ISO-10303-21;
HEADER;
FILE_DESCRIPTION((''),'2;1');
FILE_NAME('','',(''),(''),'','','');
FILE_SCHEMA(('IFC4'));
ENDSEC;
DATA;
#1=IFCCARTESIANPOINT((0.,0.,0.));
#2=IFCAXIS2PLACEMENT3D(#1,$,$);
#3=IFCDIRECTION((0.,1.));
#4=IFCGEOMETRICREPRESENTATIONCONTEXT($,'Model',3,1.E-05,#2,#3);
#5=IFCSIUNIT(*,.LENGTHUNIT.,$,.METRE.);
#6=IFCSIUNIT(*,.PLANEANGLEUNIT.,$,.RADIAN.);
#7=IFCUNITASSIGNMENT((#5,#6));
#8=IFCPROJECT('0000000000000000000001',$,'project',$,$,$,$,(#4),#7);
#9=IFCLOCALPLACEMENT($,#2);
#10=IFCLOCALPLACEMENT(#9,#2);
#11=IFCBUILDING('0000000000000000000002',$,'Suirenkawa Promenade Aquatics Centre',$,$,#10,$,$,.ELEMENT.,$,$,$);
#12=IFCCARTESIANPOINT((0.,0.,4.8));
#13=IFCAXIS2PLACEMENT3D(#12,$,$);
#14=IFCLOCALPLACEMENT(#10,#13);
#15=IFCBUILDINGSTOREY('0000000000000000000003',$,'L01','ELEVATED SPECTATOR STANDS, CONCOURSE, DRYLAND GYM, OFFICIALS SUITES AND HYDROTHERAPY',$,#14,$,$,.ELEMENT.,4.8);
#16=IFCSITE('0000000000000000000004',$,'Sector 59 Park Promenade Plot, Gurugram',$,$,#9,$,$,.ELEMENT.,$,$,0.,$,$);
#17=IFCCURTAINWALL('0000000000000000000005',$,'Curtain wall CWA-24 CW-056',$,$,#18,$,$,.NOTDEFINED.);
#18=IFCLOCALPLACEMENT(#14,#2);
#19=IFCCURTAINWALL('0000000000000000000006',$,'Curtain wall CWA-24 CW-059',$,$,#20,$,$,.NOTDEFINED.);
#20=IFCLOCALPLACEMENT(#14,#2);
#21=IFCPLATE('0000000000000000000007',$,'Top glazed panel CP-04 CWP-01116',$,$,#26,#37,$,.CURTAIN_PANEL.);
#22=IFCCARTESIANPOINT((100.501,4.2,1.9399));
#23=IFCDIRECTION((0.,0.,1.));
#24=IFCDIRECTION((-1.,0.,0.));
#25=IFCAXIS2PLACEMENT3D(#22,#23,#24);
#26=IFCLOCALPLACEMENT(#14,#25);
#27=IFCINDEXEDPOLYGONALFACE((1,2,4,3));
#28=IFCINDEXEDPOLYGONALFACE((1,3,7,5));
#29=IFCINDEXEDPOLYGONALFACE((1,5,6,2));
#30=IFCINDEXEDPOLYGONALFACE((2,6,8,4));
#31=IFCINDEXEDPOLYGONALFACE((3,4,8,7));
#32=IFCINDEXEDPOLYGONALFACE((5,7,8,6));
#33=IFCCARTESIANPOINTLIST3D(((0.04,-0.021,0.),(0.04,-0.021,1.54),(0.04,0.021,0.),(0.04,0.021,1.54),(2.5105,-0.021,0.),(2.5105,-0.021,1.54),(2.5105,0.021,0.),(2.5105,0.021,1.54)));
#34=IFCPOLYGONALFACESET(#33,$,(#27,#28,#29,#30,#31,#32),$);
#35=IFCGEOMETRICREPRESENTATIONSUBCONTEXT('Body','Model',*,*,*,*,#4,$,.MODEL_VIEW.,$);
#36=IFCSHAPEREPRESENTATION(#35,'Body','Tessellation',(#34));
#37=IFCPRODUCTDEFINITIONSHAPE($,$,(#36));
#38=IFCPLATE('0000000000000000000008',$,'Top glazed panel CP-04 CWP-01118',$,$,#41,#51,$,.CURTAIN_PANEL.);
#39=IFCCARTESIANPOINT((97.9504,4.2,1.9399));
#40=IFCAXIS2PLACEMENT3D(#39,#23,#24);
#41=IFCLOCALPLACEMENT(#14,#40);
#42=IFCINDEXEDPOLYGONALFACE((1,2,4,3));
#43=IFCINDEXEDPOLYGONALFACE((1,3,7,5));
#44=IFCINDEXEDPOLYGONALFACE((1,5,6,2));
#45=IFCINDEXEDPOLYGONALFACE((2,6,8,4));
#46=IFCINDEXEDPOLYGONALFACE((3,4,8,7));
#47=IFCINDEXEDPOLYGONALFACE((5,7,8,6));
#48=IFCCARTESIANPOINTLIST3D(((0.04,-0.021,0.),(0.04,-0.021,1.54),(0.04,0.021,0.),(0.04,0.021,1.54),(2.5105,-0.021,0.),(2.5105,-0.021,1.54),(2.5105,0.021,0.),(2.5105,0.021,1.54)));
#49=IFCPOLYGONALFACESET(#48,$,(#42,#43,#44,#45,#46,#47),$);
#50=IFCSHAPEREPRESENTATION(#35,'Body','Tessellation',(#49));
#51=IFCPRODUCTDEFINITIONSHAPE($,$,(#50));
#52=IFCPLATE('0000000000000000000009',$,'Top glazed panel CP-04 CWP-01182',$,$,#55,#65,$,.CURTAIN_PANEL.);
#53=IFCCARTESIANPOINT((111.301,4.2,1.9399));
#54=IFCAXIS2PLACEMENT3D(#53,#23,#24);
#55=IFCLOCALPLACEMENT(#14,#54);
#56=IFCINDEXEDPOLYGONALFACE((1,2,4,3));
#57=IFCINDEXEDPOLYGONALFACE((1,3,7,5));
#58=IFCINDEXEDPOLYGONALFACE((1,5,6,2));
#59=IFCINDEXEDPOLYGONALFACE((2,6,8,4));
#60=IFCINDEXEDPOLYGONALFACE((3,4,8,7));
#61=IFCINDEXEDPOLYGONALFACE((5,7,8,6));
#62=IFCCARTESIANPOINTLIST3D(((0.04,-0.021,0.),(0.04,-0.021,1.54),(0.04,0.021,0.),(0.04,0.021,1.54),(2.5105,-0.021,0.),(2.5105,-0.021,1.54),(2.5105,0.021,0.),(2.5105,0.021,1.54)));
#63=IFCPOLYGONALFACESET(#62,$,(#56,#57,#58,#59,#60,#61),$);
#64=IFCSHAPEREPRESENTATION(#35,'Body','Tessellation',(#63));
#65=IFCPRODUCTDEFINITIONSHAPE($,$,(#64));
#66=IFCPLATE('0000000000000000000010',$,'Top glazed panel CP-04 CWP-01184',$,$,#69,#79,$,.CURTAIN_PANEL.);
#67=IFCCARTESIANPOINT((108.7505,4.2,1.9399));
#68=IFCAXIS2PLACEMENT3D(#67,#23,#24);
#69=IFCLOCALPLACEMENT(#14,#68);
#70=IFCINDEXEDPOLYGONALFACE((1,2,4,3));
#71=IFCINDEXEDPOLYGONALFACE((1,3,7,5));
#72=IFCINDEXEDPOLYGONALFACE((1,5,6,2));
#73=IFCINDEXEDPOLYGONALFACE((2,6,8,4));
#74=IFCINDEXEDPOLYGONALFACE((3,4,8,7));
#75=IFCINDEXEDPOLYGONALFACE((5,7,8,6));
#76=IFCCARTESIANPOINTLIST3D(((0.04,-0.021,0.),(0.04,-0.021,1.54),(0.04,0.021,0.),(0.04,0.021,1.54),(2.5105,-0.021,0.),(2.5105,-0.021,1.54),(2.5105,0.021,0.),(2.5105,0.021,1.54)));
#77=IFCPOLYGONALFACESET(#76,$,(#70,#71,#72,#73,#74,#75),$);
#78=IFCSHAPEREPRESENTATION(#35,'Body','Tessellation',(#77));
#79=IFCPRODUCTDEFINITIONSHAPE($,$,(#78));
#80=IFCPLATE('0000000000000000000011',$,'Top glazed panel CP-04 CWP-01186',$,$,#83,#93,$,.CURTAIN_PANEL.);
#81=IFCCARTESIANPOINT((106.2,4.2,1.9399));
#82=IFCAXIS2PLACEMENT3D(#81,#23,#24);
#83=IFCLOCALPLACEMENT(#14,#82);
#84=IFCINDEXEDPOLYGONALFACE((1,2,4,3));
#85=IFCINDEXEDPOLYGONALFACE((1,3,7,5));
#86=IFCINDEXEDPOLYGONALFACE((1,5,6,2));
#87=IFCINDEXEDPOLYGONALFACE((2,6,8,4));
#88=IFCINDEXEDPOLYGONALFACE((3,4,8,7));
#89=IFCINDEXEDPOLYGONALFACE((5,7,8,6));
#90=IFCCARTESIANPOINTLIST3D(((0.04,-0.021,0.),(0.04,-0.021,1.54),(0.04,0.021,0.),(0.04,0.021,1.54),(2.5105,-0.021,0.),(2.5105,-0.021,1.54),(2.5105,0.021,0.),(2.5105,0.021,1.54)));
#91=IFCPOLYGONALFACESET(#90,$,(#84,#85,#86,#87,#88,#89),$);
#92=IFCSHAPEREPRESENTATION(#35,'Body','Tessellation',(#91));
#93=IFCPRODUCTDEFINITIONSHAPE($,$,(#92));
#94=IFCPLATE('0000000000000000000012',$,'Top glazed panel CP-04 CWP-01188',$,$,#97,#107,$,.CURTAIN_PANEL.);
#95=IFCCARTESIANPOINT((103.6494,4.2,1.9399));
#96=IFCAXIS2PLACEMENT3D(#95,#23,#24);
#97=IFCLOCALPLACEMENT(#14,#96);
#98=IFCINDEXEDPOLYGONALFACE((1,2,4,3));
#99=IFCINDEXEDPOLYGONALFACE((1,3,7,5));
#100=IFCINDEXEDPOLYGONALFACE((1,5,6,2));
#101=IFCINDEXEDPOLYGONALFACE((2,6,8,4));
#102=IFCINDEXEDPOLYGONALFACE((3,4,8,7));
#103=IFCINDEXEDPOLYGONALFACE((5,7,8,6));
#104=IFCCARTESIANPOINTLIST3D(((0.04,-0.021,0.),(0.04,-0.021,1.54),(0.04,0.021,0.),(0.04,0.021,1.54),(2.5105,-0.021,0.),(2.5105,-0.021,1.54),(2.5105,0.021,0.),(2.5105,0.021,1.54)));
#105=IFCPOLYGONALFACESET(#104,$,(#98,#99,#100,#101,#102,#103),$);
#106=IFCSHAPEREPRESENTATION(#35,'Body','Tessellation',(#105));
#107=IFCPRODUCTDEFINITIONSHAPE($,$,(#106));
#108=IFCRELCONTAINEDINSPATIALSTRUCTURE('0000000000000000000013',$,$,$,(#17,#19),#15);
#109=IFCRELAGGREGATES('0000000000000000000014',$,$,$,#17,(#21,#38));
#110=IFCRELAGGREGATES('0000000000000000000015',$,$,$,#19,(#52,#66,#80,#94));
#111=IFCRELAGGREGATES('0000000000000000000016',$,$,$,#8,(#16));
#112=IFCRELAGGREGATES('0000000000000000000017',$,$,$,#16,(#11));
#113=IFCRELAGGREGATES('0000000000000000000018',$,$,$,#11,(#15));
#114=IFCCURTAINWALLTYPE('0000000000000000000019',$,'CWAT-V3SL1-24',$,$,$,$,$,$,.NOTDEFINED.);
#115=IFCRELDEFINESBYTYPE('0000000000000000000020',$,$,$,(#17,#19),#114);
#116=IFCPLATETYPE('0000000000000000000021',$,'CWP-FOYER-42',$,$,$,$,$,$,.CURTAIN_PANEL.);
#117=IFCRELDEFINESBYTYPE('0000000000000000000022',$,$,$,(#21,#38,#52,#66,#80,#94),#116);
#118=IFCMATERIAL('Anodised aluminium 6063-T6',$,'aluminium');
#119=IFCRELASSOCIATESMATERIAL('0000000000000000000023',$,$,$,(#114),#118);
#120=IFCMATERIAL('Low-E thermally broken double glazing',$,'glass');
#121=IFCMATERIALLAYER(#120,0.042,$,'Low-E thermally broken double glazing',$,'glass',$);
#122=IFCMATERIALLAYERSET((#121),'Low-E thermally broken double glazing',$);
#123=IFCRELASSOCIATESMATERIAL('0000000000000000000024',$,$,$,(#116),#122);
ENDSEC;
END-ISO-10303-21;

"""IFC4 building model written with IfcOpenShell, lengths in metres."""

from ifc_helpers import new_model, si_unit, direction, frame, origin, place, context, subcontext, project, spatial, polyline, outline, extrude, material, layer, layer_set, type_object, element, aggregate, save


model = new_model("IFC4")

# Units and contexts
model_context = context("Model", 3, precision=1e-05, world=origin(), true_north=direction((0.0, 1.0)))
body_context = subcontext(model_context, "Body", "Model", "MODEL_VIEW")
ifc_project = project(units=[si_unit("LENGTHUNIT", "METRE"), si_unit("PLANEANGLEUNIT", "RADIAN")], contexts=[model_context])

# Site, building, storey
site_placement = place(None, origin())
site = spatial("IfcSite", under=ifc_project, at=site_placement, Name="Sector 59 Park Promenade Plot, Gurugram", CompositionType="ELEMENT", RefElevation=0.0)
building_placement = place(site_placement, origin())
building = spatial("IfcBuilding", under=site, at=building_placement, Name="Suirenkawa Promenade Aquatics Centre", CompositionType="ELEMENT")
storey_placement = place(building_placement, frame((0.0, 0.0, 4.8)))
storey = spatial("IfcBuildingStorey", under=building, at=storey_placement, Name="L01", Description="ELEVATED SPECTATOR STANDS, CONCOURSE, DRYLAND GYM, OFFICIALS SUITES AND HYDROTHERAPY", CompositionType="ELEMENT", Elevation=4.8)

# Curtain wall
ifc_material_1 = material(Name="Anodised aluminium 6063-T6", Category="aluminium")
curtain_wall_type = type_object("IfcCurtainWallType", Name="CWAT-V3SL1-24", PredefinedType="NOTDEFINED", material=ifc_material_1)
curtain_wall_1_placement = place(storey_placement, origin())
curtain_wall_1 = element("IfcCurtainWall", 1, at=curtain_wall_1_placement, inside=storey, type_object=curtain_wall_type, Name="Curtain wall CWA-24 CW-056", PredefinedType="NOTDEFINED")

# Curtain wall
curtain_wall_2_placement = place(storey_placement, origin())
curtain_wall_2 = element("IfcCurtainWall", 2, at=curtain_wall_2_placement, inside=storey, type_object=curtain_wall_type, Name="Curtain wall CWA-24 CW-059", PredefinedType="NOTDEFINED")

# Plates
ifc_material_2 = material(Name="Low-E thermally broken double glazing", Category="glass")
ifc_layer = layer(ifc_material_2, 0.042, Name="Low-E thermally broken double glazing", Category="glass")
ifc_layer_set = layer_set([ifc_layer], Name="Low-E thermally broken double glazing")
plate_type = type_object("IfcPlateType", Name="CWP-FOYER-42", PredefinedType="CURTAIN_PANEL", material=ifc_layer_set)
plate_1_placement = place(storey_placement, frame((100.501, 4.2, 1.9399), z_axis=(0.0, 0.0, 1.0), x_axis=(-1.0, 0.0, 0.0)))
plate_1 = element("IfcPlate", 3, at=plate_1_placement, type_object=plate_type, Name="Top glazed panel CP-04 CWP-01116", PredefinedType="CURTAIN_PANEL", context=body_context, shape_type="SweptSolid", body=[
    extrude(outline(polyline([(0.04, 0.0), (2.5105, 0.0), (2.5105, 1.54), (0.04, 1.54), (0.04, 0.0)])), frame((0.0, 0.021, 0.0), z_axis=(0.0, -1.0, 0.0), x_axis=(1.0, 0.0, 0.0)), (0.0, 0.0, 1.0), 0.042),
])
plate_2_placement = place(storey_placement, frame((97.9504, 4.2, 1.9399), z_axis=(0.0, 0.0, 1.0), x_axis=(-1.0, 0.0, 0.0)))
plate_2 = element("IfcPlate", 4, at=plate_2_placement, type_object=plate_type, Name="Top glazed panel CP-04 CWP-01118", PredefinedType="CURTAIN_PANEL", context=body_context, shape_type="SweptSolid", body=[
    extrude(outline(polyline([(0.04, 0.0), (2.5105, 0.0), (2.5105, 1.54), (0.04, 1.54), (0.04, 0.0)])), frame((0.0, 0.021, 0.0), z_axis=(0.0, -1.0, 0.0), x_axis=(1.0, 0.0, 0.0)), (0.0, 0.0, 1.0), 0.042),
])
aggregate(curtain_wall_1, [plate_1, plate_2])
plate_3_placement = place(storey_placement, frame((111.301, 4.2, 1.9399), z_axis=(0.0, 0.0, 1.0), x_axis=(-1.0, 0.0, 0.0)))
plate_3 = element("IfcPlate", 5, at=plate_3_placement, type_object=plate_type, Name="Top glazed panel CP-04 CWP-01182", PredefinedType="CURTAIN_PANEL", context=body_context, shape_type="SweptSolid", body=[
    extrude(outline(polyline([(0.04, 0.0), (2.5105, 0.0), (2.5105, 1.54), (0.04, 1.54), (0.04, 0.0)])), frame((0.0, 0.021, 0.0), z_axis=(0.0, -1.0, 0.0), x_axis=(1.0, 0.0, 0.0)), (0.0, 0.0, 1.0), 0.042),
])
plate_4_placement = place(storey_placement, frame((108.7505, 4.2, 1.9399), z_axis=(0.0, 0.0, 1.0), x_axis=(-1.0, 0.0, 0.0)))
plate_4 = element("IfcPlate", 6, at=plate_4_placement, type_object=plate_type, Name="Top glazed panel CP-04 CWP-01184", PredefinedType="CURTAIN_PANEL", context=body_context, shape_type="SweptSolid", body=[
    extrude(outline(polyline([(0.04, 0.0), (2.5105, 0.0), (2.5105, 1.54), (0.04, 1.54), (0.04, 0.0)])), frame((0.0, 0.021, 0.0), z_axis=(0.0, -1.0, 0.0), x_axis=(1.0, 0.0, 0.0)), (0.0, 0.0, 1.0), 0.042),
])
plate_5_placement = place(storey_placement, frame((106.2, 4.2, 1.9399), z_axis=(0.0, 0.0, 1.0), x_axis=(-1.0, 0.0, 0.0)))
plate_5 = element("IfcPlate", 7, at=plate_5_placement, type_object=plate_type, Name="Top glazed panel CP-04 CWP-01186", PredefinedType="CURTAIN_PANEL", context=body_context, shape_type="SweptSolid", body=[
    extrude(outline(polyline([(0.04, 0.0), (2.5105, 0.0), (2.5105, 1.54), (0.04, 1.54), (0.04, 0.0)])), frame((0.0, 0.021, 0.0), z_axis=(0.0, -1.0, 0.0), x_axis=(1.0, 0.0, 0.0)), (0.0, 0.0, 1.0), 0.042),
])
plate_6_placement = place(storey_placement, frame((103.6494, 4.2, 1.9399), z_axis=(0.0, 0.0, 1.0), x_axis=(-1.0, 0.0, 0.0)))
plate_6 = element("IfcPlate", 8, at=plate_6_placement, type_object=plate_type, Name="Top glazed panel CP-04 CWP-01188", PredefinedType="CURTAIN_PANEL", context=body_context, shape_type="SweptSolid", body=[
    extrude(outline(polyline([(0.04, 0.0), (2.5105, 0.0), (2.5105, 1.54), (0.04, 1.54), (0.04, 0.0)])), frame((0.0, 0.021, 0.0), z_axis=(0.0, -1.0, 0.0), x_axis=(1.0, 0.0, 0.0)), (0.0, 0.0, 1.0), 0.042),
])
aggregate(curtain_wall_2, [plate_3, plate_4, plate_5, plate_6])

save(model, "model.ifc")
